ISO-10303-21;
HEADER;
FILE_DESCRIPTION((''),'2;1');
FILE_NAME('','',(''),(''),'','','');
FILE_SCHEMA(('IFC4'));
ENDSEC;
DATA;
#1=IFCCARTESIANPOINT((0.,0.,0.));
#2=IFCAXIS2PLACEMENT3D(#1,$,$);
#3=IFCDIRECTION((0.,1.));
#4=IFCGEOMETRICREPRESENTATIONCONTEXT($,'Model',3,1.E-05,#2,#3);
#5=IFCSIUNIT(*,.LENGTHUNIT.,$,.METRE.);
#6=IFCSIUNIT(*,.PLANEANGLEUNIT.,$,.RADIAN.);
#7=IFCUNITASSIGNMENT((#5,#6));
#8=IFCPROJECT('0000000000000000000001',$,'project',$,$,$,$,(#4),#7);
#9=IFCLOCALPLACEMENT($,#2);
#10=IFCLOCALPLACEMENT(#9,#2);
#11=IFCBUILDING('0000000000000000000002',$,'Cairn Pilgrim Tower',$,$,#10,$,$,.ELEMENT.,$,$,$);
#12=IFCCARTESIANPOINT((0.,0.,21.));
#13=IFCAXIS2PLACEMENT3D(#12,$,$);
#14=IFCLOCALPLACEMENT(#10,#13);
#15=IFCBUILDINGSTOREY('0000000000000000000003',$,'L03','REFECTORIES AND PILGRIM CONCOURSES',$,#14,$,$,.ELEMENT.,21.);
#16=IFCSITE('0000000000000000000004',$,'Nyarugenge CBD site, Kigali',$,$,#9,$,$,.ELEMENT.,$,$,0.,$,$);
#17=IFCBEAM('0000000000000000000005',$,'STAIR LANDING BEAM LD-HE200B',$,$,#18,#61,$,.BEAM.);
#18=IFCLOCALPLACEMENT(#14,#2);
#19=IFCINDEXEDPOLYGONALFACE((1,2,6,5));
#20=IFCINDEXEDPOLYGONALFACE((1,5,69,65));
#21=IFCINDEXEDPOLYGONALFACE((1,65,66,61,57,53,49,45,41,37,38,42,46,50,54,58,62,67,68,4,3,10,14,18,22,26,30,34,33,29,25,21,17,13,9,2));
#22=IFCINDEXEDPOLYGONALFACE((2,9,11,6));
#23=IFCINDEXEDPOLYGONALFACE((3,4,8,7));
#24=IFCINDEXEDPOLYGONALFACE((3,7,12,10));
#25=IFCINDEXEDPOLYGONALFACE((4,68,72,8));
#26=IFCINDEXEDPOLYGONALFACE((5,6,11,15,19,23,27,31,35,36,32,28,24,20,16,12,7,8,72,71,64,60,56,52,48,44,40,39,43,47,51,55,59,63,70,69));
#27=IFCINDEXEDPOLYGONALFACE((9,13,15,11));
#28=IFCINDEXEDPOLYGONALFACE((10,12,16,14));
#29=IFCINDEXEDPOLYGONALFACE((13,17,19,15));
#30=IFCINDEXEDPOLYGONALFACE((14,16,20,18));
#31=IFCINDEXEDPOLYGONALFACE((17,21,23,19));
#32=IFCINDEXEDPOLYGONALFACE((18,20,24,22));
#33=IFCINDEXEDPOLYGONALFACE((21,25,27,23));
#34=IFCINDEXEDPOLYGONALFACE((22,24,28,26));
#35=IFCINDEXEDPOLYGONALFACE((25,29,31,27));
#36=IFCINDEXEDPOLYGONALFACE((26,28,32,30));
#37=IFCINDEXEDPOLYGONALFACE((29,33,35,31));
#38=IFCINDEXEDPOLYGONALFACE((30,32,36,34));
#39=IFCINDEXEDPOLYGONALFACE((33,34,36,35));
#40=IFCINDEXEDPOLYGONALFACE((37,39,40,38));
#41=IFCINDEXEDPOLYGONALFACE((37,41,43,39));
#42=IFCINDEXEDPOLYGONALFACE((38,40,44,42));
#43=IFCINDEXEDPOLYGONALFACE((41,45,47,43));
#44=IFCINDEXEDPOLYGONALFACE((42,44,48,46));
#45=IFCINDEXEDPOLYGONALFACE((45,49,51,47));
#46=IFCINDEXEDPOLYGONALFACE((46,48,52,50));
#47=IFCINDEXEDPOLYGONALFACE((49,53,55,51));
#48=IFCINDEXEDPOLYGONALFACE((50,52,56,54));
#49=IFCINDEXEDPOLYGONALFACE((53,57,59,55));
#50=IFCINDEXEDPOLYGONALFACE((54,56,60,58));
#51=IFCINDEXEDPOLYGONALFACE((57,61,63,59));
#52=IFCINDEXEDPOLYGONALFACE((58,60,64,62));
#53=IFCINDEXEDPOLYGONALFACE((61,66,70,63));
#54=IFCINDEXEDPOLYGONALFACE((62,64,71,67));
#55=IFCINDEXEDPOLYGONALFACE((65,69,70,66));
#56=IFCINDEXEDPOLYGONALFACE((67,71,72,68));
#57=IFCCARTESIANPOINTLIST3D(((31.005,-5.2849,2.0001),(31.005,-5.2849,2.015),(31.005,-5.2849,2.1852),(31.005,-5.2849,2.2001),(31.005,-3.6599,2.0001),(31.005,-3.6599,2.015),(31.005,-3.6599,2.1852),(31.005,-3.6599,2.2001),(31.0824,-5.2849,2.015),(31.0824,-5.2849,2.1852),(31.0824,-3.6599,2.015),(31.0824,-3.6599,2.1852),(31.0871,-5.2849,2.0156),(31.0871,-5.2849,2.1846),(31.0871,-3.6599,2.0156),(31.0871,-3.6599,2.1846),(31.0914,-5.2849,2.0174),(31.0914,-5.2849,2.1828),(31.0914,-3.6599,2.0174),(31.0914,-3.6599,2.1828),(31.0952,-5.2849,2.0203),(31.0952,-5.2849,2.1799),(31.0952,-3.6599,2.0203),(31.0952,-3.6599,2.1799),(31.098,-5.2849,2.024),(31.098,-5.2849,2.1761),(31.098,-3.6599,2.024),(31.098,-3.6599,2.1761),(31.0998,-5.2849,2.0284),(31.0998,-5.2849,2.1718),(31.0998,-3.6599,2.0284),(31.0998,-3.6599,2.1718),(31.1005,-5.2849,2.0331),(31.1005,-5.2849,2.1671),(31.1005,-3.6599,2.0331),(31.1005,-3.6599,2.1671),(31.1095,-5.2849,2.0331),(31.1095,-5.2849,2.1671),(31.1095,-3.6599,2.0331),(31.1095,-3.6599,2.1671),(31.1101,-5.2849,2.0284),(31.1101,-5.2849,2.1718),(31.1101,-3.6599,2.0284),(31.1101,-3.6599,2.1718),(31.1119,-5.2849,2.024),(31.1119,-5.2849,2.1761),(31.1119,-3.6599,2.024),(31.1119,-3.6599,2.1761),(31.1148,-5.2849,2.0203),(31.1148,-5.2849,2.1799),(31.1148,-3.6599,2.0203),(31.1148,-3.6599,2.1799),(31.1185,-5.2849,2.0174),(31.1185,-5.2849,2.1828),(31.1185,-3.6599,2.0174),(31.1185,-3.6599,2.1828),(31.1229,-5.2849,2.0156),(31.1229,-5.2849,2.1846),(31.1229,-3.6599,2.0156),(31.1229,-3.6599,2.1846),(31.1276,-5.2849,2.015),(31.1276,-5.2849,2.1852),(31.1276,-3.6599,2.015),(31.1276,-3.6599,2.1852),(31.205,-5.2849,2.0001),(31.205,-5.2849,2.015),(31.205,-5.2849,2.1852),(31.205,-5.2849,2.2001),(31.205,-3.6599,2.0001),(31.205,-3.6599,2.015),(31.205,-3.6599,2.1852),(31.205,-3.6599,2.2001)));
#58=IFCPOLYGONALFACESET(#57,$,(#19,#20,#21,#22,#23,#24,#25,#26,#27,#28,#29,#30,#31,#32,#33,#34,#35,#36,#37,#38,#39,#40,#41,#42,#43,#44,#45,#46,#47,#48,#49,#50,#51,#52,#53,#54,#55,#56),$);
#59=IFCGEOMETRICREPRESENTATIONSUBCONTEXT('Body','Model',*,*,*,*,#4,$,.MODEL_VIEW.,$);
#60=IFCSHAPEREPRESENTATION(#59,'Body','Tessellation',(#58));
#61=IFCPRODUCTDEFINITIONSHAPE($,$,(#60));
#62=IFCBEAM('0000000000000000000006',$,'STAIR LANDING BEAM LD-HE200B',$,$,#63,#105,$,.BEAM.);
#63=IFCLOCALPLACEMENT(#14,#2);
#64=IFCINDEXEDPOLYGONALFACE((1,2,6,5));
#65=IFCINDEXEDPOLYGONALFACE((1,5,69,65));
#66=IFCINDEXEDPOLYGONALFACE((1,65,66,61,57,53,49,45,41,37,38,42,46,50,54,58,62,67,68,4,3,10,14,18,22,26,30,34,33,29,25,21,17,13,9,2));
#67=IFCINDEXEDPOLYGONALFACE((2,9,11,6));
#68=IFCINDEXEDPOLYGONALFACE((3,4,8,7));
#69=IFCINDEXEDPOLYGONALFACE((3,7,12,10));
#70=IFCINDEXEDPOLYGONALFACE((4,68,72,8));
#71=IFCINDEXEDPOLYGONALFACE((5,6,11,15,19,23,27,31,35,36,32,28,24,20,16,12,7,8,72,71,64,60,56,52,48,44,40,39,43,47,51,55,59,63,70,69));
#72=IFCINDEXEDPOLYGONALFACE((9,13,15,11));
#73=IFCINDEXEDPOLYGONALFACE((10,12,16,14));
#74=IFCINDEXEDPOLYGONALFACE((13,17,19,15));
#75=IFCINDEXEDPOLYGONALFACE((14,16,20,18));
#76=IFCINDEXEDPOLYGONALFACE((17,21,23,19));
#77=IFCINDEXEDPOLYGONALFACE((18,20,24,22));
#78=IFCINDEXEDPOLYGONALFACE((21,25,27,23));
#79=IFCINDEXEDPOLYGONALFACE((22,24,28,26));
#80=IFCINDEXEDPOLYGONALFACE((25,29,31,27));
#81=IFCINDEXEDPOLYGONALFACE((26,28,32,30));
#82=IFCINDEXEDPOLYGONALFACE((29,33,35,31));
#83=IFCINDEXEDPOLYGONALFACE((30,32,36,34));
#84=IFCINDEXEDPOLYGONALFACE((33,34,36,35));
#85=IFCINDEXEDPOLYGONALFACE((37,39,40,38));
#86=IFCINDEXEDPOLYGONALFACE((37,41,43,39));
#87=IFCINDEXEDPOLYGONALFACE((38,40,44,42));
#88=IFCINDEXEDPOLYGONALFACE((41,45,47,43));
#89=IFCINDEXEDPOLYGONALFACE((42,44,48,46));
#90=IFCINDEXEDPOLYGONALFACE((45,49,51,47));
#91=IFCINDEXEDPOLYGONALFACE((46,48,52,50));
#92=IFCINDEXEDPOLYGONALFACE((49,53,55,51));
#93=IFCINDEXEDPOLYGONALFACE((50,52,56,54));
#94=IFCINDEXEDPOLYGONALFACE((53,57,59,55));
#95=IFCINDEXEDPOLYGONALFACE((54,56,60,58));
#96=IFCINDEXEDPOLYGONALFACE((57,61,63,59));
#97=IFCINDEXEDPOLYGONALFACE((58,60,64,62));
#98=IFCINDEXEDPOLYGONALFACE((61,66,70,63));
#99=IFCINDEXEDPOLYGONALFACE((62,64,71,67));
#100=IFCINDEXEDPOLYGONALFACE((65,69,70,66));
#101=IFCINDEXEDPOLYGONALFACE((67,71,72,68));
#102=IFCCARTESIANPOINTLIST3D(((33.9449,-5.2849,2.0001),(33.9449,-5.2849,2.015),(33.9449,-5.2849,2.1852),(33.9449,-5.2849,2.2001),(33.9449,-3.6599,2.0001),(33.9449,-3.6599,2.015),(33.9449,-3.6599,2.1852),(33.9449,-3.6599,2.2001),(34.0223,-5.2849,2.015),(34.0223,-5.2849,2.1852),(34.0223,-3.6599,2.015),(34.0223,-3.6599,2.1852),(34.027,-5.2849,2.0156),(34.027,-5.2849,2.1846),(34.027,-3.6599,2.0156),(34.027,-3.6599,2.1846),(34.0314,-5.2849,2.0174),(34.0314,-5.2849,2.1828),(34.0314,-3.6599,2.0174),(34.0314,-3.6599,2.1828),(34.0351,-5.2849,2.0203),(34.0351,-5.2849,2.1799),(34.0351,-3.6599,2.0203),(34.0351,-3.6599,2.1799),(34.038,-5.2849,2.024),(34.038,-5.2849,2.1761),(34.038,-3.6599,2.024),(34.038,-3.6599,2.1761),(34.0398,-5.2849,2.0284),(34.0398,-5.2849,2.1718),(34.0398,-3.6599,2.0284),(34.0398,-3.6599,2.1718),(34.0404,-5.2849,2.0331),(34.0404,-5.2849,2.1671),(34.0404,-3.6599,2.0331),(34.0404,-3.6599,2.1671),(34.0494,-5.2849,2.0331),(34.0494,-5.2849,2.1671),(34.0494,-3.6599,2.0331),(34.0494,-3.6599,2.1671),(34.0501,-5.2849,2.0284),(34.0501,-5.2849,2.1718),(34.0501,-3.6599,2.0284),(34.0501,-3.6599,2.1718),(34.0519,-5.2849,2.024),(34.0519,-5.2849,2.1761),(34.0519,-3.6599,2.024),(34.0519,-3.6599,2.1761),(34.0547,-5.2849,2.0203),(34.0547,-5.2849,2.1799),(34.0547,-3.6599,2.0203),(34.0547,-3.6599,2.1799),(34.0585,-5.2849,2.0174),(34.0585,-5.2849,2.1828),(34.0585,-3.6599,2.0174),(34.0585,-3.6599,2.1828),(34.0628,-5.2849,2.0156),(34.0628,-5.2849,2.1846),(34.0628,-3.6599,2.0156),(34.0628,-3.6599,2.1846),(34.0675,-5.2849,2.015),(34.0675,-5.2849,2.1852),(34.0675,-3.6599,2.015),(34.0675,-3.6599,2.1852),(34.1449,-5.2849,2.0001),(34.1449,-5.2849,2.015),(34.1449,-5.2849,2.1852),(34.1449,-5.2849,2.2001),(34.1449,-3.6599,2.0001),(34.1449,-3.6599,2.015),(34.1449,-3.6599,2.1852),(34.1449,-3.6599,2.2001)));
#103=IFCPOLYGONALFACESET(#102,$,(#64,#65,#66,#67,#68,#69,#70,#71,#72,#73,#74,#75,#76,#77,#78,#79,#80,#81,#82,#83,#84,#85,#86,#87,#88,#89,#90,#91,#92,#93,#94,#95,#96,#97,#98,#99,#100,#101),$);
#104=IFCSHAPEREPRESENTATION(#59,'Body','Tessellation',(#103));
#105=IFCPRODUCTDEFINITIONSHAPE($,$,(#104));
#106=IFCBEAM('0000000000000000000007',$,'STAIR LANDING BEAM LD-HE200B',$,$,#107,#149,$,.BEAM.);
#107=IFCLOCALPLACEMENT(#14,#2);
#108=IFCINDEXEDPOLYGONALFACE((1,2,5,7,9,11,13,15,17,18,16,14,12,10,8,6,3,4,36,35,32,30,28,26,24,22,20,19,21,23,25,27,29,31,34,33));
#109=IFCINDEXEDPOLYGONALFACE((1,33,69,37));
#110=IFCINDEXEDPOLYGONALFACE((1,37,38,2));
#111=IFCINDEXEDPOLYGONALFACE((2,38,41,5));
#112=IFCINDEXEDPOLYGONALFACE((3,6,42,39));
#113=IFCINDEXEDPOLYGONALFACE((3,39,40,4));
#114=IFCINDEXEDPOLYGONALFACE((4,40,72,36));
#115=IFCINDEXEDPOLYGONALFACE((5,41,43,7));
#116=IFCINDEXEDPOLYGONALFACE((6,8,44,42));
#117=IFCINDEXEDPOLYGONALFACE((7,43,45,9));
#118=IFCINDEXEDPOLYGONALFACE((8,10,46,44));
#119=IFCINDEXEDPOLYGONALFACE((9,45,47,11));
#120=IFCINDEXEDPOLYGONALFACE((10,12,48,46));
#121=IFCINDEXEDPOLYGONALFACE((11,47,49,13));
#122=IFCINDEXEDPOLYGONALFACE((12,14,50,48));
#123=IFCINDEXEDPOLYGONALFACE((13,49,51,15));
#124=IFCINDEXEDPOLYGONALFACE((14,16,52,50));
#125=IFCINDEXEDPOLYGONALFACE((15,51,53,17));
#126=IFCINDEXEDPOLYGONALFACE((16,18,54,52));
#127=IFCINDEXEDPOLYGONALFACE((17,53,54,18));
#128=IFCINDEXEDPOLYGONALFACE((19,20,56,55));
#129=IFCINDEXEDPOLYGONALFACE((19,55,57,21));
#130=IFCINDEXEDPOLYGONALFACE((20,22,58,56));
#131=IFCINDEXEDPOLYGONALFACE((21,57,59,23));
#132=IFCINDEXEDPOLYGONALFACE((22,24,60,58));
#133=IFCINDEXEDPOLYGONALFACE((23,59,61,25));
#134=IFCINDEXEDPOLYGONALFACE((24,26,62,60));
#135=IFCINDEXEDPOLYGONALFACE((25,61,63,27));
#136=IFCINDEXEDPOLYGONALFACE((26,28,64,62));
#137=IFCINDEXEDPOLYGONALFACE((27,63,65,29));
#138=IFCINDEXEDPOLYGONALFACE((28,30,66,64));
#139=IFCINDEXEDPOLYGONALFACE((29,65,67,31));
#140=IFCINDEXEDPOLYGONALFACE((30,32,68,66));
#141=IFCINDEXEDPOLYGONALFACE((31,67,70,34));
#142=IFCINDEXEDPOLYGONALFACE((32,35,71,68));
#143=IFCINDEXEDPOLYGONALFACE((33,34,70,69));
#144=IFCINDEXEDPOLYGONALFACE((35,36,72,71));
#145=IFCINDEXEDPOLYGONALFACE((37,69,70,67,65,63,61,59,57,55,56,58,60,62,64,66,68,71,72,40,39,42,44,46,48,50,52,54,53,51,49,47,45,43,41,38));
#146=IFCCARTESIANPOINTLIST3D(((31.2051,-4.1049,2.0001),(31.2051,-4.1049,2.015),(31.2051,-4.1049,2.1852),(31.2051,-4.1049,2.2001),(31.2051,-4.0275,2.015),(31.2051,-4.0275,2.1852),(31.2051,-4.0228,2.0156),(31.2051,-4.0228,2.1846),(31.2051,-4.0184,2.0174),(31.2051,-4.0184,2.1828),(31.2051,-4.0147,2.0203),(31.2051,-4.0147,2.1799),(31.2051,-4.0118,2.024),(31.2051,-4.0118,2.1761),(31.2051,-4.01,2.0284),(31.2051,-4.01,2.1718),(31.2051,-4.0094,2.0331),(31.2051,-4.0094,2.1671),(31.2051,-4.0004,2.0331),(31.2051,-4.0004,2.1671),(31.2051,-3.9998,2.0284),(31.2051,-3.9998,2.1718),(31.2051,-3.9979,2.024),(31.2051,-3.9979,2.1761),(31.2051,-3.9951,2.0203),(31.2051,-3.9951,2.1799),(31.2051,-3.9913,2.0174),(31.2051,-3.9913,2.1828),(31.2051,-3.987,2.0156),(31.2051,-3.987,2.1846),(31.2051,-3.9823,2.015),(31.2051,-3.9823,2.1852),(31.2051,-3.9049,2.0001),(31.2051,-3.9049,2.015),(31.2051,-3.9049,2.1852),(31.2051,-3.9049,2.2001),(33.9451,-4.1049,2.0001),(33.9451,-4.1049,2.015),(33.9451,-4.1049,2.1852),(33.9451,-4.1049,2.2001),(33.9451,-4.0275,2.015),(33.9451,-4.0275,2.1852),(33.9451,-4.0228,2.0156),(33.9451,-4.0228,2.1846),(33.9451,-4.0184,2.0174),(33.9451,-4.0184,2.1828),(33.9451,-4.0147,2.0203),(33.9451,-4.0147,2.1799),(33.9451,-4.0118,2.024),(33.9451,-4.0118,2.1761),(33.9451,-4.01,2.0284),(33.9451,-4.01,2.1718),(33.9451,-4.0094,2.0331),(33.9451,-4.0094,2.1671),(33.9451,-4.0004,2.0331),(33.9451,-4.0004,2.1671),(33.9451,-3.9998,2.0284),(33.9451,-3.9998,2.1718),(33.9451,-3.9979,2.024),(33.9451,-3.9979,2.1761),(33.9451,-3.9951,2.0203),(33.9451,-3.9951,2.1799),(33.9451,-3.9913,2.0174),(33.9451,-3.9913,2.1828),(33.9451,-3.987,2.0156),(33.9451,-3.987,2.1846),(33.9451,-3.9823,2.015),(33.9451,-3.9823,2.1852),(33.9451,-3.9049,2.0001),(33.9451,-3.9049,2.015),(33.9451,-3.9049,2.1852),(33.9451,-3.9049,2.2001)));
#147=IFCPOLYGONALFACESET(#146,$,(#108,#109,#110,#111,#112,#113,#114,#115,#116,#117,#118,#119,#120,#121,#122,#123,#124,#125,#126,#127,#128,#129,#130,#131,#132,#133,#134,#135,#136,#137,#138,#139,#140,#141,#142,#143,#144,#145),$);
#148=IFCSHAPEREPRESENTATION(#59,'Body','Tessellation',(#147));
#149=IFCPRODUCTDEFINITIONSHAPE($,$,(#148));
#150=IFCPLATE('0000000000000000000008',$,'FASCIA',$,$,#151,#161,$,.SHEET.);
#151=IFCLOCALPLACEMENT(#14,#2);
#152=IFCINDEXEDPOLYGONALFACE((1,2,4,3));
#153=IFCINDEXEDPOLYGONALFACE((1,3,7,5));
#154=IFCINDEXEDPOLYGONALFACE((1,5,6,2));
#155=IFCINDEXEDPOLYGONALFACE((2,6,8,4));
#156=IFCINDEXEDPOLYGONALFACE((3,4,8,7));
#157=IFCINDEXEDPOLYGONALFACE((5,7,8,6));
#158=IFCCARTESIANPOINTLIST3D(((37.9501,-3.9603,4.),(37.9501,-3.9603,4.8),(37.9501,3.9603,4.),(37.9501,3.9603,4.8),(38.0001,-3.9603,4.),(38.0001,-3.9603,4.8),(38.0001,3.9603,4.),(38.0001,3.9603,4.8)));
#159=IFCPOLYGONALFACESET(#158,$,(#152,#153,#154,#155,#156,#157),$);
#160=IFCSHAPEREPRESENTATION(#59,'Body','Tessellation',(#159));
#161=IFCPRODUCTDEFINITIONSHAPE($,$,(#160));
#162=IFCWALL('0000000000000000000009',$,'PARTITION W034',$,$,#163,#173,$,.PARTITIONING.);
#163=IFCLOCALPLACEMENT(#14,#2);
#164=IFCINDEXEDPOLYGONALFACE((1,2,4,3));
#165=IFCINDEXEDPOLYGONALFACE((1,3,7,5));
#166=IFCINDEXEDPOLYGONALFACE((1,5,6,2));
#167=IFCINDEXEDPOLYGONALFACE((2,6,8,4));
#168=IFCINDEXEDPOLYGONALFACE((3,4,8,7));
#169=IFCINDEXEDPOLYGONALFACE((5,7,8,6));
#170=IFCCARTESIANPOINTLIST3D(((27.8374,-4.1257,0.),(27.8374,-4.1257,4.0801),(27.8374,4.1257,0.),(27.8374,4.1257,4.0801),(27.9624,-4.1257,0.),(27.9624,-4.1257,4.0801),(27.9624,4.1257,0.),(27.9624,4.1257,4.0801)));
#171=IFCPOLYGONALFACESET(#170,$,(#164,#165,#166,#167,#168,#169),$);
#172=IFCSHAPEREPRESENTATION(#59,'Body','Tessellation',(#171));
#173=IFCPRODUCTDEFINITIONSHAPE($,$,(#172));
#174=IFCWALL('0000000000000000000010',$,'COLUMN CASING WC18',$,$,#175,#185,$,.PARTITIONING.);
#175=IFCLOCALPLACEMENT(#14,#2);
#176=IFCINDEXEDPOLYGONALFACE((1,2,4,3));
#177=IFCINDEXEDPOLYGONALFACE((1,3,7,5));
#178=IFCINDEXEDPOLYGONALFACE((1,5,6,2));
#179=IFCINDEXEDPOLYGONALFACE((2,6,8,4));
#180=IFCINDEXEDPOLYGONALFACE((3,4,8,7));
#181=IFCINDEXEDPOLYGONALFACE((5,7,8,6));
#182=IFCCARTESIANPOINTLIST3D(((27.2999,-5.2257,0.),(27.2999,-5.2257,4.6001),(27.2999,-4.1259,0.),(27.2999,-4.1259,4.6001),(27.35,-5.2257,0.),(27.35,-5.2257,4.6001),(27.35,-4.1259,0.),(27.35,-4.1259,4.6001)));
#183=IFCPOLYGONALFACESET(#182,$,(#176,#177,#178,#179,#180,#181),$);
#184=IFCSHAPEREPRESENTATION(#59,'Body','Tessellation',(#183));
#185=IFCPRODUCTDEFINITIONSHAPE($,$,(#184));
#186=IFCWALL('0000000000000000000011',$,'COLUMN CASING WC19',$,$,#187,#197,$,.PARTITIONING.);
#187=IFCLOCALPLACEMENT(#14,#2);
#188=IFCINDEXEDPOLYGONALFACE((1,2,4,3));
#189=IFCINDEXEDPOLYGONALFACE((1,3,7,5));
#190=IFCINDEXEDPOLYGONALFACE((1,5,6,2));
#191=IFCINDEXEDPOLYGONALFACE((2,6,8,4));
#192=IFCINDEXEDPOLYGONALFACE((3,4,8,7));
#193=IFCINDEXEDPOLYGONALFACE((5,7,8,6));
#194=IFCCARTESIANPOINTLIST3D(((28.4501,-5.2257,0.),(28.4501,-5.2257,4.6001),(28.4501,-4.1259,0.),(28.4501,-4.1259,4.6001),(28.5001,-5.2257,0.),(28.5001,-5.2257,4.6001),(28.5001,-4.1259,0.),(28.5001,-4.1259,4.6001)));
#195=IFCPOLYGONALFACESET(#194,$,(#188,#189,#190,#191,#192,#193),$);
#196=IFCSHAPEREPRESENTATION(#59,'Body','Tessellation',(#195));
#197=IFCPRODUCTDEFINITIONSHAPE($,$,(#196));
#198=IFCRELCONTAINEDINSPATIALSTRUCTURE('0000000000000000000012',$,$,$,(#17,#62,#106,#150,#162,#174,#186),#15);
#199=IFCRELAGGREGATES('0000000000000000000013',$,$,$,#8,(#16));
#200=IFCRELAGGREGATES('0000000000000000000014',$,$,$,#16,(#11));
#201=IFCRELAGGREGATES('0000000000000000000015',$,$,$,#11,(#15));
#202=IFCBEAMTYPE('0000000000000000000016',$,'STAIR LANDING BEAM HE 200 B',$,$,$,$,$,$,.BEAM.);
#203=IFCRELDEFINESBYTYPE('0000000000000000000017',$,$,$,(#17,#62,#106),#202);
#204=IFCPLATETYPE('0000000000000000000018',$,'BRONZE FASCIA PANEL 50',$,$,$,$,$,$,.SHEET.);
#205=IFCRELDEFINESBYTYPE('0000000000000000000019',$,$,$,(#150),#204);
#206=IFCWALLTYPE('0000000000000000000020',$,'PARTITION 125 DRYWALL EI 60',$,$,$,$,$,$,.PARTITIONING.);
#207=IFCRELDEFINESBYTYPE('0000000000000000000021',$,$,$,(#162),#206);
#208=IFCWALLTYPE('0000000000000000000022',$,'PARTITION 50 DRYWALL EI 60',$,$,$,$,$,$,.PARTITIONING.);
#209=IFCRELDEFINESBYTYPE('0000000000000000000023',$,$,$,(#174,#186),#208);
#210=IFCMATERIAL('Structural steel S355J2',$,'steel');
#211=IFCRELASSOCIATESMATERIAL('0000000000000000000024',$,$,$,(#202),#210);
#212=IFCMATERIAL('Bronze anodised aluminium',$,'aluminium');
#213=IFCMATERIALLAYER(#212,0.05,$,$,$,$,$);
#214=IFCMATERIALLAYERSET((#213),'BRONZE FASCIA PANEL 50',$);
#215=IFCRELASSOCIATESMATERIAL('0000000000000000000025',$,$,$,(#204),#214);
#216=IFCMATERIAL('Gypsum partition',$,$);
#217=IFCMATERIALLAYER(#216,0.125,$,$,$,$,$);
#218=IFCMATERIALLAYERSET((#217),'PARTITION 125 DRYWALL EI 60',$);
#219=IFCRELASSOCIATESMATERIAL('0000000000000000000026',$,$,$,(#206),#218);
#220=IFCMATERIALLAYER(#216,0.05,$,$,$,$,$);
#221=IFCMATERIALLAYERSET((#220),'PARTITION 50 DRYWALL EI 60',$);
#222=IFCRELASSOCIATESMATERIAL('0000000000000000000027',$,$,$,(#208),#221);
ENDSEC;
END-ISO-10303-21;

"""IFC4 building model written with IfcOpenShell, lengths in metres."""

from ifc_helpers import new_model, si_unit, direction, frame, frame_2d, origin, origin_2d, place, context, subcontext, project, spatial, rectangle, i_section, extrude, material, layer, layer_set, material_profile, profile_set, type_object, element, save


model = new_model("IFC4")

# Units and contexts
model_context = context("Model", 3, precision=1e-05, world=origin(), true_north=direction((0.0, 1.0)))
body_context = subcontext(model_context, "Body", "Model", "MODEL_VIEW")
ifc_project = project(units=[si_unit("LENGTHUNIT", "METRE"), si_unit("PLANEANGLEUNIT", "RADIAN")], contexts=[model_context])

# Site, building, storey
site_placement = place(None, origin())
site = spatial("IfcSite", under=ifc_project, at=site_placement, Name="Nyarugenge CBD site, Kigali", CompositionType="ELEMENT", RefElevation=0.0)
building_placement = place(site_placement, origin())
building = spatial("IfcBuilding", under=site, at=building_placement, Name="Cairn Pilgrim Tower", CompositionType="ELEMENT")
storey_placement = place(building_placement, frame((0.0, 0.0, 21.0)))
storey = spatial("IfcBuildingStorey", under=building, at=storey_placement, Name="L03", Description="REFECTORIES AND PILGRIM CONCOURSES", CompositionType="ELEMENT", Elevation=21.0)

# Shared definitions
ifc_material_1 = material(Name="Structural steel S355J2", Category="steel")

# Beams
ifc_material_profile_1 = material_profile(ifc_material_1, i_section(OverallWidth=0.2, OverallDepth=0.2, WebThickness=0.009, FlangeThickness=0.0149, FilletRadius=0.0181, at=origin_2d()), Name="HE 200 B")
ifc_profile_set_1 = profile_set([ifc_material_profile_1], Name="Structural steel S355J2")
beam_type_1 = type_object("IfcBeamType", Name="STAIR LANDING BEAM HE 200 B", PredefinedType="BEAM", material=ifc_profile_set_1)
for number, where, z_axis, x_axis, name in (
    (1, (31.105, -3.6599, 2.1001), (0.0, -1.0, 0.0), (1.0, 0.0, 0.0), "STAIR LANDING BEAM LD-HE200B"),
    (2, (34.0449, -3.6599, 2.1001), (0.0, -1.0, 0.0), (1.0, 0.0, 0.0), "STAIR LANDING BEAM LD-HE200B"),
):
    element("IfcBeam", number, at=place(storey_placement, frame(where, z_axis=z_axis, x_axis=x_axis)), inside=storey, type_object=beam_type_1, Name=name, PredefinedType="BEAM", context=body_context, shape_type="SweptSolid", body=[
        extrude(i_section(OverallWidth=0.2, OverallDepth=0.2, WebThickness=0.009, FlangeThickness=0.0149, FilletRadius=0.0181, at=origin_2d()), origin(), (0.0, 0.0, 1.0), 1.625),
    ])
beam_1_placement = place(storey_placement, frame((31.2051, -4.0049, 2.1001), z_axis=(1.0, 0.0, 0.0), x_axis=(0.0, 1.0, 0.0)))
element("IfcBeam", 3, at=beam_1_placement, inside=storey, type_object=beam_type_1, Name="STAIR LANDING BEAM LD-HE200B", PredefinedType="BEAM", context=body_context, shape_type="SweptSolid", body=[
    extrude(i_section(OverallWidth=0.2, OverallDepth=0.2, WebThickness=0.009, FlangeThickness=0.0149, FilletRadius=0.0181, at=origin_2d()), origin(), (0.0, 0.0, 1.0), 2.74),
])

# Plate
ifc_material_2 = material(Name="Bronze anodised aluminium", Category="aluminium")
ifc_layer_1 = layer(ifc_material_2, 0.05)
ifc_layer_set_1 = layer_set([ifc_layer_1], Name="BRONZE FASCIA PANEL 50")
plate_type = type_object("IfcPlateType", Name="BRONZE FASCIA PANEL 50", PredefinedType="SHEET", material=ifc_layer_set_1)
plate_placement = place(storey_placement, frame((37.9751, 0.0, 4.0), z_axis=(0.0, 0.0, 1.0), x_axis=(0.0, 1.0, 0.0)))
element("IfcPlate", 4, at=plate_placement, inside=storey, type_object=plate_type, Name="FASCIA", PredefinedType="SHEET", context=body_context, shape_type="SweptSolid", body=[
    extrude(rectangle(XDim=7.9207, YDim=0.05, at=origin_2d()), origin(), (0.0, 0.0, 1.0), 0.8),
])

# Walls
ifc_material_3 = material(Name="Gypsum partition")
ifc_layer_2 = layer(ifc_material_3, 0.125)
ifc_layer_set_2 = layer_set([ifc_layer_2], Name="PARTITION 125 DRYWALL EI 60")
wall_type_1 = type_object("IfcWallType", Name="PARTITION 125 DRYWALL EI 60", PredefinedType="PARTITIONING", material=ifc_layer_set_2)
wall_1_placement = place(storey_placement, frame((27.8999, -4.1257, 0.0), z_axis=(0.0, 0.0, 1.0), x_axis=(0.0, 1.0, 0.0)))
element("IfcWall", 5, at=wall_1_placement, inside=storey, type_object=wall_type_1, Name="PARTITION W034", PredefinedType="PARTITIONING", context=body_context, shape_type="SweptSolid", body=[
    extrude(rectangle(XDim=8.2515, YDim=0.125, at=frame_2d((4.1257, 0.0))), origin(), (0.0, 0.0, 1.0), 4.0801),
])
ifc_layer_3 = layer(ifc_material_3, 0.05)
ifc_layer_set_3 = layer_set([ifc_layer_3], Name="PARTITION 50 DRYWALL EI 60")
wall_type_2 = type_object("IfcWallType", Name="PARTITION 50 DRYWALL EI 60", PredefinedType="PARTITIONING", material=ifc_layer_set_3)
for number, where, z_axis, x_axis, name in (
    (6, (27.325, -5.2256, 0.0), (0.0, 0.0, 1.0), (0.0, 1.0, 0.0), "COLUMN CASING WC18"),
    (7, (28.4751, -5.2256, 0.0), (0.0, 0.0, 1.0), (0.0, 1.0, 0.0), "COLUMN CASING WC19"),
):
    element("IfcWall", number, at=place(storey_placement, frame(where, z_axis=z_axis, x_axis=x_axis)), inside=storey, type_object=wall_type_2, Name=name, PredefinedType="PARTITIONING", context=body_context, shape_type="SweptSolid", body=[
        extrude(rectangle(XDim=1.0999, YDim=0.05, at=frame_2d((0.5498, 0.0))), origin(), (0.0, 0.0, 1.0), 4.6001),
    ])

save(model, "model.ifc")
